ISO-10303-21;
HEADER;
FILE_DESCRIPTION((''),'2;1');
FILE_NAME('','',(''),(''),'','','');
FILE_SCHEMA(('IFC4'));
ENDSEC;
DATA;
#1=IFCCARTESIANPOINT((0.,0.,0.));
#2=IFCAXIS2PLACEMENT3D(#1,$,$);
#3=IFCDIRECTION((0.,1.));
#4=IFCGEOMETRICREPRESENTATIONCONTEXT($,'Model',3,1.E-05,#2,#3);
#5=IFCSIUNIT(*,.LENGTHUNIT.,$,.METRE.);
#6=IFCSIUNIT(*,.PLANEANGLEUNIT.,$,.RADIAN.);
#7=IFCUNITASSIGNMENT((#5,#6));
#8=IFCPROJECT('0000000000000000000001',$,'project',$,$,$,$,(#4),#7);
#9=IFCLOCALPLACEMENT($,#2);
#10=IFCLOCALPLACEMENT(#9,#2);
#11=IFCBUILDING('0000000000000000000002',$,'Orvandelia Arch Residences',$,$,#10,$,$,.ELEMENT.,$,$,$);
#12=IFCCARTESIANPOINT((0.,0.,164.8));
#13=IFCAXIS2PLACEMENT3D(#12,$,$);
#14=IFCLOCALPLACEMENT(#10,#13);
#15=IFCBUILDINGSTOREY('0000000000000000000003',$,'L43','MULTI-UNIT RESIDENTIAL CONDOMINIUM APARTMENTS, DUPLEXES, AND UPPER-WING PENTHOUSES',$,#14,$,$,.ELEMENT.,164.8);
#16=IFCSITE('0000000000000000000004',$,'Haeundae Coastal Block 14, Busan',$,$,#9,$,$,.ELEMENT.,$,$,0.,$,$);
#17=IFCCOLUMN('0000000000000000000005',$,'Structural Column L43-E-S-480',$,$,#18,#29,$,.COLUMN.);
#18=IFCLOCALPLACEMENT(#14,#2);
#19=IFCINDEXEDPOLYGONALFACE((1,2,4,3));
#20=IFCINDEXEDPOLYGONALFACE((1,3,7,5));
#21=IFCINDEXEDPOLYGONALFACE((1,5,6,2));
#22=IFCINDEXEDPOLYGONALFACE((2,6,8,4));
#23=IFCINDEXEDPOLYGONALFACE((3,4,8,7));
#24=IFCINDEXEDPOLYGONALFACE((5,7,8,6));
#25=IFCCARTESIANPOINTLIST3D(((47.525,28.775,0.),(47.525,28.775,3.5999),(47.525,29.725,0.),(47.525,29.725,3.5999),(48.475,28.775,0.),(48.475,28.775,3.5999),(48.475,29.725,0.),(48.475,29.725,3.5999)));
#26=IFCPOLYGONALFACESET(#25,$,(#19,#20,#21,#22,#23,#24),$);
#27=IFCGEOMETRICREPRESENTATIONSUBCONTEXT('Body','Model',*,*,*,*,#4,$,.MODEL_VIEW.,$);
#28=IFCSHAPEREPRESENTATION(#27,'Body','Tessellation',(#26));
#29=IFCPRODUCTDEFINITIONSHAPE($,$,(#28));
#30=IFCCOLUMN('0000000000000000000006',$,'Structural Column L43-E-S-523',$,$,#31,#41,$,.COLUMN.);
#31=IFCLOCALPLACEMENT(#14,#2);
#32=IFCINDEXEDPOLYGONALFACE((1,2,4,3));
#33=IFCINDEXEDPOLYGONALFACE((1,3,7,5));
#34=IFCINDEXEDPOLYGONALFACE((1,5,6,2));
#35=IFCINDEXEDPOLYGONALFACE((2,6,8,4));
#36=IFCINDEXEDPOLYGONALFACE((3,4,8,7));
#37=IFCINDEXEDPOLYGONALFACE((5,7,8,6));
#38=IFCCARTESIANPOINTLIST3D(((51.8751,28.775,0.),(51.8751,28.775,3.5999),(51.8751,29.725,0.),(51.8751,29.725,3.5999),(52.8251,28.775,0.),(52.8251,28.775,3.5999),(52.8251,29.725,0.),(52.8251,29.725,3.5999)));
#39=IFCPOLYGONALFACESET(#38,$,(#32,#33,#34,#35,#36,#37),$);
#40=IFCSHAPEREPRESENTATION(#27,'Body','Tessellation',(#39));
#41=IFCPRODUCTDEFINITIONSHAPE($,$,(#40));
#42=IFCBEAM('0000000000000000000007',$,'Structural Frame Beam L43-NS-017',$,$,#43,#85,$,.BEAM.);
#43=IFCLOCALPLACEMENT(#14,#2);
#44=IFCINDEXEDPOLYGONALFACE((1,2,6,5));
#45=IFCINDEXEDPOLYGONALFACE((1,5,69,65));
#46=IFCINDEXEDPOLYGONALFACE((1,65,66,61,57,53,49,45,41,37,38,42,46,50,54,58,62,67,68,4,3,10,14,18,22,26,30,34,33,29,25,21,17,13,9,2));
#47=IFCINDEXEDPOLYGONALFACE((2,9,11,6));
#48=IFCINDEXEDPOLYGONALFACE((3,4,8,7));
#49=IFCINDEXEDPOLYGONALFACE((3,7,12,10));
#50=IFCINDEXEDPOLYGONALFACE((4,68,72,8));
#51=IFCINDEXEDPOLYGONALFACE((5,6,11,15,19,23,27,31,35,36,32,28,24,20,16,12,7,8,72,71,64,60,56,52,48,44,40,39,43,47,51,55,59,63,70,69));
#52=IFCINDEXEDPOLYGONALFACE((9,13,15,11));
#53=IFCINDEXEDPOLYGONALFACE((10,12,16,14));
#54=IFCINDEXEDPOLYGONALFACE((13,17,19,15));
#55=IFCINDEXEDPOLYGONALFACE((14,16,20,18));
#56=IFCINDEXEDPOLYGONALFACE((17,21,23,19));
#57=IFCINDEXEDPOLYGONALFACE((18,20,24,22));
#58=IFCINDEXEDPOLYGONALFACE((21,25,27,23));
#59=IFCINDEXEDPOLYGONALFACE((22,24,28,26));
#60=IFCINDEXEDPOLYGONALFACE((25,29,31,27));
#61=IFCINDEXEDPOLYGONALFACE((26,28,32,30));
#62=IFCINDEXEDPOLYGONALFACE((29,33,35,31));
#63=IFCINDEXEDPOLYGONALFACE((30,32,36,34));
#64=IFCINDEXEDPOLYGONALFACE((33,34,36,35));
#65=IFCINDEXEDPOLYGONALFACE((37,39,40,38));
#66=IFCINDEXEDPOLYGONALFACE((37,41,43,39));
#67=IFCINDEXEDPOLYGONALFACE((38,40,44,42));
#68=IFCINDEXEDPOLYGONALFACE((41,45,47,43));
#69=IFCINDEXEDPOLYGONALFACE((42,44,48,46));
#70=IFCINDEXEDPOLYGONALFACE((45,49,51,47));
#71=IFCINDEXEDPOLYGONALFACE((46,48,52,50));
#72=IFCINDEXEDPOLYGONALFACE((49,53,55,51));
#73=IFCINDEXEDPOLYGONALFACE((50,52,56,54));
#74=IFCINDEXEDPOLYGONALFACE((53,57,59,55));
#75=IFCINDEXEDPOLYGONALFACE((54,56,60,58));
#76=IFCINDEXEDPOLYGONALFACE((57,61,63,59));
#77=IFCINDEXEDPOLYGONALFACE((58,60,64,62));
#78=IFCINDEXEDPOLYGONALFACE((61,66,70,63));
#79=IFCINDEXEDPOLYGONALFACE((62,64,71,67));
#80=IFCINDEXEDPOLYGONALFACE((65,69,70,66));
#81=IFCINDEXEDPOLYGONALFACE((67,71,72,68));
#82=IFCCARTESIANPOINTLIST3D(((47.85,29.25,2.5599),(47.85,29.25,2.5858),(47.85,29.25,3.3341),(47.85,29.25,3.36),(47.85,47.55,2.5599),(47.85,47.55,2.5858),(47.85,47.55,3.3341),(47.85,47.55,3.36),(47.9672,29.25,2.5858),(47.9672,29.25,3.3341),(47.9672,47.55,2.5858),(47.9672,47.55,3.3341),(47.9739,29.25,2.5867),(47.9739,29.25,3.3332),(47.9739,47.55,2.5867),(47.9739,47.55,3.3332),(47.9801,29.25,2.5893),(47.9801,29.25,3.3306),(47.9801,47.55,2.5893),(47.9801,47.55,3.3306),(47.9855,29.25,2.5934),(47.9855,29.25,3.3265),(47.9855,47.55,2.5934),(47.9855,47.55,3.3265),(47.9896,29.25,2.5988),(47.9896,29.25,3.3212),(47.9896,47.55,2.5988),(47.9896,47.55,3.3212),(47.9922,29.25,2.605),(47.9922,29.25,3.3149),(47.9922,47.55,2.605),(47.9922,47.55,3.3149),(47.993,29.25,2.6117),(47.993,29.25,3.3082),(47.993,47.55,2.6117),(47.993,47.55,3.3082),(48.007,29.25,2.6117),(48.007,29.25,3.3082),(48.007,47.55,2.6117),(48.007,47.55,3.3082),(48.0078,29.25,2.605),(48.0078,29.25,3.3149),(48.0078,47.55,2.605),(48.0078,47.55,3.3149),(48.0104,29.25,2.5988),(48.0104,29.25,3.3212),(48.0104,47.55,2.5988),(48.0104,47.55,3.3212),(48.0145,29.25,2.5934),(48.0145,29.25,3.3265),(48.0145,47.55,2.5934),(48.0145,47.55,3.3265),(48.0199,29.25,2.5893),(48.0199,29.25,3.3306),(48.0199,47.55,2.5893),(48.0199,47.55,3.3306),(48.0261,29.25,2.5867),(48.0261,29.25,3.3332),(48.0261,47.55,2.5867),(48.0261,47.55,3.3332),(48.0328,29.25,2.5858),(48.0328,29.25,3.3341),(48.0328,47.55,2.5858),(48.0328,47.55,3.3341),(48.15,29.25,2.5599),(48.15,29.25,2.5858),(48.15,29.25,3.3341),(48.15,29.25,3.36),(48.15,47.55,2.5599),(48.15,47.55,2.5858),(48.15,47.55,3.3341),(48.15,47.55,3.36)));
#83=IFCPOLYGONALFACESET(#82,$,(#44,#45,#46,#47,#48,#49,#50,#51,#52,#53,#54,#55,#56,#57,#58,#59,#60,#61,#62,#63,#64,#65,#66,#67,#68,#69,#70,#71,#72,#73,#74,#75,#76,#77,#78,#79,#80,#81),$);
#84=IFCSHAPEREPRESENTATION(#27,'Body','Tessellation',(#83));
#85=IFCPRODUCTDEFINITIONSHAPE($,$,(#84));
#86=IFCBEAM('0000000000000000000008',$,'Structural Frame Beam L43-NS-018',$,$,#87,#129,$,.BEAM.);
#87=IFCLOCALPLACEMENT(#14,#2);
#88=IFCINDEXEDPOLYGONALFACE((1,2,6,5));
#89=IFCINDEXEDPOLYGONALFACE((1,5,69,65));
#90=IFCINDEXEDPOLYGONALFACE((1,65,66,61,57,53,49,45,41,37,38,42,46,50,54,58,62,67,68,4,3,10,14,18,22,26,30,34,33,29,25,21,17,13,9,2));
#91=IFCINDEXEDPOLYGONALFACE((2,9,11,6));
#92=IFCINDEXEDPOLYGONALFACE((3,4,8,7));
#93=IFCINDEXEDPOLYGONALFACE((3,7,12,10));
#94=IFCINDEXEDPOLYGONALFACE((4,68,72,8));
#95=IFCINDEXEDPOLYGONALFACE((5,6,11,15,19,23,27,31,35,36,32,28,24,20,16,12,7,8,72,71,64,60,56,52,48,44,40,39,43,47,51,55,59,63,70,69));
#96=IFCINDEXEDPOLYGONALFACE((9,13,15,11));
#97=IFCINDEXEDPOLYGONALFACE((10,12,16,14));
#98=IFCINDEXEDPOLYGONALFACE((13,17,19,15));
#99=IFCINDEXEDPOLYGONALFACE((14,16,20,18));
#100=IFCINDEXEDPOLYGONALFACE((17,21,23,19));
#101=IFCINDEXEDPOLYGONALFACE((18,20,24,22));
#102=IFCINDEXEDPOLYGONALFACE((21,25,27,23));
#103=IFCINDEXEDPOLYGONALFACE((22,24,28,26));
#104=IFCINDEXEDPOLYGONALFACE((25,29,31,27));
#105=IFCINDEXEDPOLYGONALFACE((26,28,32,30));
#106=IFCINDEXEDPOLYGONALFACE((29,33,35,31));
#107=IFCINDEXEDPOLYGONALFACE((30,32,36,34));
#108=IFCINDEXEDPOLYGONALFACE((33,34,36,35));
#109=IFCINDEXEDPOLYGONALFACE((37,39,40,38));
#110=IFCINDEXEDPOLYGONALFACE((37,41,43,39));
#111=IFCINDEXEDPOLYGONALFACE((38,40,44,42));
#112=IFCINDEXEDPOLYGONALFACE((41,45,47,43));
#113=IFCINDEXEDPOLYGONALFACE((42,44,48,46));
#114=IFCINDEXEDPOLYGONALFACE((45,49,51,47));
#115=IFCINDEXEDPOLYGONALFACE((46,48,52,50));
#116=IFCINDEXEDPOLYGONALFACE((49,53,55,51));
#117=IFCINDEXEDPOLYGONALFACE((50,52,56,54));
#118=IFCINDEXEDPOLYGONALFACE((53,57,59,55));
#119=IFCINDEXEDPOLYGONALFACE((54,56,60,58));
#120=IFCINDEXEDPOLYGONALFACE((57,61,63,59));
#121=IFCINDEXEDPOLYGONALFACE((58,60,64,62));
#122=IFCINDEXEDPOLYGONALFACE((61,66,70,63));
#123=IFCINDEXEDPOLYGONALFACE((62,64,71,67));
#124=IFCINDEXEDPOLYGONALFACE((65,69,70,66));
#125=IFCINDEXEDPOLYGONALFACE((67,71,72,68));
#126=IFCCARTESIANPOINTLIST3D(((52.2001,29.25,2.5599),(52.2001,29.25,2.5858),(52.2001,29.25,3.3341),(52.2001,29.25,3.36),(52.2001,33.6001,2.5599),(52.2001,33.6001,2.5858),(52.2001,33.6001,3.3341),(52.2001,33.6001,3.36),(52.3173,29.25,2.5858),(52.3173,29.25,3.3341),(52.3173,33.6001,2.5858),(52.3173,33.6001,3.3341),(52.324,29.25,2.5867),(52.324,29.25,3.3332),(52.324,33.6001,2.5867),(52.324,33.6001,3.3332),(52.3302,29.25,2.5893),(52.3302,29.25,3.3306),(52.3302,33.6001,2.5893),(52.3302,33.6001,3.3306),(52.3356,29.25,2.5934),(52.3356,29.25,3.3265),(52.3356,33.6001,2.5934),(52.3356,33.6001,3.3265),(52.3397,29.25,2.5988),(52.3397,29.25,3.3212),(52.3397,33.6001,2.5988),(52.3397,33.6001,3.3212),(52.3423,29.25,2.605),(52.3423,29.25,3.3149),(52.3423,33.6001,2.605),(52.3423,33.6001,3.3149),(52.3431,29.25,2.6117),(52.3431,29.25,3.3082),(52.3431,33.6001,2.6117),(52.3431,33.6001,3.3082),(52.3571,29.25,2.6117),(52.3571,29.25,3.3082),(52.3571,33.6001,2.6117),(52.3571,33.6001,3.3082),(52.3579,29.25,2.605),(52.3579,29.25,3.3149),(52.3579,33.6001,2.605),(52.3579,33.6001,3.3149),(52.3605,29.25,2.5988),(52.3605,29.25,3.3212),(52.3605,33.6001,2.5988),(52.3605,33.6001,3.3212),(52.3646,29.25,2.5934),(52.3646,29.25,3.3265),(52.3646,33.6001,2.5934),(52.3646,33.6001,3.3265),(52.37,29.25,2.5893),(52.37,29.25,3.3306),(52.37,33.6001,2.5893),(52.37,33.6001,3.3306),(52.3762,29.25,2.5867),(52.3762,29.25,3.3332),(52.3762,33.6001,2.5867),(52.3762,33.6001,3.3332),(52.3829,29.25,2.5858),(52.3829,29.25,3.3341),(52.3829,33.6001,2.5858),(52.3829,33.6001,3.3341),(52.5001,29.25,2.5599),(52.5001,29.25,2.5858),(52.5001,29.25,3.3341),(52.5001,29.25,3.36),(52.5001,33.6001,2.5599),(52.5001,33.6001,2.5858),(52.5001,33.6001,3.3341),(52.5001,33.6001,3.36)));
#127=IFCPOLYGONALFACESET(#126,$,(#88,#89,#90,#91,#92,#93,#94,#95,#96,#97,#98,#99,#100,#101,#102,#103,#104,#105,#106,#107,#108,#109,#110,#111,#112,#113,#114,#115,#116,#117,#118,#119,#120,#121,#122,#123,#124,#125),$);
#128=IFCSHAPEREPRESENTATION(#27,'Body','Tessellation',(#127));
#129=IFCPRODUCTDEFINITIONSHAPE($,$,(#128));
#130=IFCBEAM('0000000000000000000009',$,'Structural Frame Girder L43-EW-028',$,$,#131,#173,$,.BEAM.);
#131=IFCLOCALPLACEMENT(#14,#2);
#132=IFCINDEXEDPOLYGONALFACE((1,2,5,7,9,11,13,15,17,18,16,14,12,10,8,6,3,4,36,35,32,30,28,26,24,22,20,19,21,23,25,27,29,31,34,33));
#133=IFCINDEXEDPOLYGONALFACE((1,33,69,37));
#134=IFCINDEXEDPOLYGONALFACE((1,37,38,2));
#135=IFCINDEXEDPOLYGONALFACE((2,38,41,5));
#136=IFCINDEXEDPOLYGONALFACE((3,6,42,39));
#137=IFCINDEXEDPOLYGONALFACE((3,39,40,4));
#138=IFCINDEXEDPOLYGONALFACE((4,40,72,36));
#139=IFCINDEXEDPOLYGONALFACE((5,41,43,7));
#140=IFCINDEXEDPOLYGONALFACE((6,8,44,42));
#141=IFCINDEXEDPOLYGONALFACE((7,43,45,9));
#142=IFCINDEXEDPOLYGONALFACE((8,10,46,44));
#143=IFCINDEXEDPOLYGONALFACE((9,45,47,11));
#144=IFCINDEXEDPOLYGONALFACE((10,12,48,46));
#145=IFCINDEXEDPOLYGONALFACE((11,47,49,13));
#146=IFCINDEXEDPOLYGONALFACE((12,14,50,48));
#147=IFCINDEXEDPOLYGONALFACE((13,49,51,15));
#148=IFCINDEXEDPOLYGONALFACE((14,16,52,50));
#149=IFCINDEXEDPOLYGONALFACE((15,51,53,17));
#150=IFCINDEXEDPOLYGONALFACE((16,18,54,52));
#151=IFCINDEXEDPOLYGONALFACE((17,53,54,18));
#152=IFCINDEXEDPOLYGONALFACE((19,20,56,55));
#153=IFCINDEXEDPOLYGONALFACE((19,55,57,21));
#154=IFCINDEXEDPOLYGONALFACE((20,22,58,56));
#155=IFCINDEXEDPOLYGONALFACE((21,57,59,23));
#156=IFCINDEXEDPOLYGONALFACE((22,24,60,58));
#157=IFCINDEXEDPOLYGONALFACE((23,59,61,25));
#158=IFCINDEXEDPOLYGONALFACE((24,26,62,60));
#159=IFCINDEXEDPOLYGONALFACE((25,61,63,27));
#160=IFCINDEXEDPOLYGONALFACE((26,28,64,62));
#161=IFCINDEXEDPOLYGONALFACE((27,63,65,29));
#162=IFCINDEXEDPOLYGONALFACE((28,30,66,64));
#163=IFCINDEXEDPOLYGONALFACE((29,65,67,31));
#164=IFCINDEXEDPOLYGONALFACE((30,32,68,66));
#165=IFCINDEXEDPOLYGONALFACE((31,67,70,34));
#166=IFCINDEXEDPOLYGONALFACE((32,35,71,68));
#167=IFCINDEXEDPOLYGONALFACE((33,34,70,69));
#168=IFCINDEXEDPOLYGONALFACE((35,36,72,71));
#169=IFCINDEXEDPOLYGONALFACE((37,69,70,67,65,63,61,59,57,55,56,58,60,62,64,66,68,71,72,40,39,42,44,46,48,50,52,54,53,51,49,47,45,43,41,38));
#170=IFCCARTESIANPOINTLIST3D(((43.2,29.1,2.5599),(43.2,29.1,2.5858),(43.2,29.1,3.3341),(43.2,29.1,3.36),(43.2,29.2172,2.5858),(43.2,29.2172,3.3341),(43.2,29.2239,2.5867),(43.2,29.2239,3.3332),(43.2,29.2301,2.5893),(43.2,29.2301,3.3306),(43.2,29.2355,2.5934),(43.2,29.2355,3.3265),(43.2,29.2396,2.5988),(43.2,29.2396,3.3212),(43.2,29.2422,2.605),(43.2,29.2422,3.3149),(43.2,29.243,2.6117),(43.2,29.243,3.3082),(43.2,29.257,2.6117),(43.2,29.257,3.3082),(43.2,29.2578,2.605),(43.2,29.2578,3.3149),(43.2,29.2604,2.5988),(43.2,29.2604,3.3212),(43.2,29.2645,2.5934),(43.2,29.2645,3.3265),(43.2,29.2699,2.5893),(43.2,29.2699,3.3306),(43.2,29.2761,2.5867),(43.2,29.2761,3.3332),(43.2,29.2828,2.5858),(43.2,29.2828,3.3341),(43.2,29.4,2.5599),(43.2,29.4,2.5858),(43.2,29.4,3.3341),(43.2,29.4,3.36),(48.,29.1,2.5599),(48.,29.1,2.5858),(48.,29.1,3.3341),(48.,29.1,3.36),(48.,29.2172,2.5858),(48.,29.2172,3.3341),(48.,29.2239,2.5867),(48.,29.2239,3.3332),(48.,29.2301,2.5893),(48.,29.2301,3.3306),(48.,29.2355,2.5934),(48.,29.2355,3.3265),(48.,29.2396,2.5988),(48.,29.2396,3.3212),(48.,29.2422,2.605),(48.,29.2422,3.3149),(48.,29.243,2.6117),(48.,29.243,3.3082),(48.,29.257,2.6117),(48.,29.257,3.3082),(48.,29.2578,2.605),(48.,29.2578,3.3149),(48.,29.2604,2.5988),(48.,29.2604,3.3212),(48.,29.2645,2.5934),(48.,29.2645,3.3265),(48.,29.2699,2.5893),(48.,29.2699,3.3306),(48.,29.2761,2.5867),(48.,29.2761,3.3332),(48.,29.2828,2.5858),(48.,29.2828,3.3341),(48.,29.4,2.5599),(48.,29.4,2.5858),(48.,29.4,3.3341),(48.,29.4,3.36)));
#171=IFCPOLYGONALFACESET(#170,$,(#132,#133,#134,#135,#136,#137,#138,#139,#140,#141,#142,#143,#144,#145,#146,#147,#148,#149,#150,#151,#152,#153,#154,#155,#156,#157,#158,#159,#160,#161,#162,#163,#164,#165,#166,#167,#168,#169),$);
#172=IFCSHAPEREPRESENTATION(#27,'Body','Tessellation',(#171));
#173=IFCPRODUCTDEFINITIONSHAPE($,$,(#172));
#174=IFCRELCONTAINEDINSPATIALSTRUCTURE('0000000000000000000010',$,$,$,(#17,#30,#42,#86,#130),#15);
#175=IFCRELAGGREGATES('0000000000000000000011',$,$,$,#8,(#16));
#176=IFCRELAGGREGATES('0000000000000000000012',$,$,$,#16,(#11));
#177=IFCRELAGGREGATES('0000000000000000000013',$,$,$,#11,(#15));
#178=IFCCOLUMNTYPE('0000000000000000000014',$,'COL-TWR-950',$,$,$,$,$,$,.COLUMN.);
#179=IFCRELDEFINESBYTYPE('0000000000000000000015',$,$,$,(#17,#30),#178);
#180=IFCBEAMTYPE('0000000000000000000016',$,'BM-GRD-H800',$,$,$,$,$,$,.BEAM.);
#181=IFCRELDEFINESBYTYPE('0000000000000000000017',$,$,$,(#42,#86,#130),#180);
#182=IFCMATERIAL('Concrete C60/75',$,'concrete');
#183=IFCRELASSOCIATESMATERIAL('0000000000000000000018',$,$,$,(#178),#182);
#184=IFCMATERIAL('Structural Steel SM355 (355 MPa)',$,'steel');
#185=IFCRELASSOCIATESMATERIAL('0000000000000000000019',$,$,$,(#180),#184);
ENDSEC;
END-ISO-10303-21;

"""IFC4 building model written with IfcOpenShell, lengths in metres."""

from ifc_helpers import new_model, si_unit, direction, frame, origin, origin_2d, place, context, subcontext, project, spatial, rectangle, i_section, extrude, material, material_profile, profile_set, type_object, element, save


model = new_model("IFC4")

# Units and contexts
model_context = context("Model", 3, precision=1e-05, world=origin(), true_north=direction((0.0, 1.0)))
body_context = subcontext(model_context, "Body", "Model", "MODEL_VIEW")
ifc_project = project(units=[si_unit("LENGTHUNIT", "METRE"), si_unit("PLANEANGLEUNIT", "RADIAN")], contexts=[model_context])

# Site, building, storey
site_placement = place(None, origin())
site = spatial("IfcSite", under=ifc_project, at=site_placement, Name="Haeundae Coastal Block 14, Busan", CompositionType="ELEMENT", RefElevation=0.0)
building_placement = place(site_placement, origin())
building = spatial("IfcBuilding", under=site, at=building_placement, Name="Orvandelia Arch Residences", CompositionType="ELEMENT")
storey_placement = place(building_placement, frame((0.0, 0.0, 164.8)))
storey = spatial("IfcBuildingStorey", under=building, at=storey_placement, Name="L43", Description="MULTI-UNIT RESIDENTIAL CONDOMINIUM APARTMENTS, DUPLEXES, AND UPPER-WING PENTHOUSES", CompositionType="ELEMENT", Elevation=164.8)

# Columns
ifc_material_1 = material(Name="Concrete C60/75", Category="concrete")
ifc_material_profile_1 = material_profile(ifc_material_1, rectangle(XDim=0.95, YDim=0.95, at=origin_2d()), Name="Concrete C60/75", Category="concrete")
ifc_profile_set_1 = profile_set([ifc_material_profile_1], Name="Concrete C60/75")
column_type = type_object("IfcColumnType", Name="COL-TWR-950", PredefinedType="COLUMN", material=ifc_profile_set_1)
for number, where, z_axis, x_axis, name in (
    (1, (48.0, 29.25, 0.0), (0.0, 0.0, 1.0), (1.0, 0.0, 0.0), "Structural Column L43-E-S-480"),
    (2, (52.3501, 29.25, 0.0), (0.0, 0.0, 1.0), (1.0, 0.0, 0.0), "Structural Column L43-E-S-523"),
):
    element("IfcColumn", number, at=place(storey_placement, frame(where, z_axis=z_axis, x_axis=x_axis)), inside=storey, type_object=column_type, Name=name, PredefinedType="COLUMN", context=body_context, shape_type="SweptSolid", body=[
        extrude(rectangle(XDim=0.95, YDim=0.95, at=origin_2d()), origin(), (0.0, 0.0, 1.0), 3.5999),
    ])

# Beams
ifc_material_2 = material(Name="Structural Steel SM355 (355 MPa)", Category="steel")
ifc_material_profile_2 = material_profile(ifc_material_2, i_section(OverallWidth=0.3, OverallDepth=0.8, WebThickness=0.0139, FlangeThickness=0.0259, FilletRadius=0.0259, at=origin_2d()), Name="Structural Steel SM355 (355 MPa)", Category="steel")
ifc_profile_set_2 = profile_set([ifc_material_profile_2], Name="Structural Steel SM355 (355 MPa)")
beam_type = type_object("IfcBeamType", Name="BM-GRD-H800", PredefinedType="BEAM", material=ifc_profile_set_2)
beam_1_placement = place(storey_placement, frame((48.0, 29.25, 2.96), z_axis=(0.0, 1.0, 0.0), x_axis=(-1.0, 0.0, 0.0)))
element("IfcBeam", 3, at=beam_1_placement, inside=storey, type_object=beam_type, Name="Structural Frame Beam L43-NS-017", PredefinedType="BEAM", context=body_context, shape_type="SweptSolid", body=[
    extrude(i_section(OverallWidth=0.3, OverallDepth=0.8, WebThickness=0.0139, FlangeThickness=0.0259, FilletRadius=0.0259, at=origin_2d()), origin(), (0.0, 0.0, 1.0), 18.3),
])
beam_2_placement = place(storey_placement, frame((52.3501, 29.25, 2.96), z_axis=(0.0, 1.0, 0.0), x_axis=(-1.0, 0.0, 0.0)))
element("IfcBeam", 4, at=beam_2_placement, inside=storey, type_object=beam_type, Name="Structural Frame Beam L43-NS-018", PredefinedType="BEAM", context=body_context, shape_type="SweptSolid", body=[
    extrude(i_section(OverallWidth=0.3, OverallDepth=0.8, WebThickness=0.0139, FlangeThickness=0.0259, FilletRadius=0.0259, at=origin_2d()), origin(), (0.0, 0.0, 1.0), 4.3501),
])
beam_3_placement = place(storey_placement, frame((43.2, 29.25, 2.96), z_axis=(1.0, 0.0, 0.0), x_axis=(0.0, 1.0, 0.0)))
element("IfcBeam", 5, at=beam_3_placement, inside=storey, type_object=beam_type, Name="Structural Frame Girder L43-EW-028", PredefinedType="BEAM", context=body_context, shape_type="SweptSolid", body=[
    extrude(i_section(OverallWidth=0.3, OverallDepth=0.8, WebThickness=0.0139, FlangeThickness=0.0259, FilletRadius=0.0259, at=origin_2d()), origin(), (0.0, 0.0, 1.0), 4.8),
])

save(model, "model.ifc")
